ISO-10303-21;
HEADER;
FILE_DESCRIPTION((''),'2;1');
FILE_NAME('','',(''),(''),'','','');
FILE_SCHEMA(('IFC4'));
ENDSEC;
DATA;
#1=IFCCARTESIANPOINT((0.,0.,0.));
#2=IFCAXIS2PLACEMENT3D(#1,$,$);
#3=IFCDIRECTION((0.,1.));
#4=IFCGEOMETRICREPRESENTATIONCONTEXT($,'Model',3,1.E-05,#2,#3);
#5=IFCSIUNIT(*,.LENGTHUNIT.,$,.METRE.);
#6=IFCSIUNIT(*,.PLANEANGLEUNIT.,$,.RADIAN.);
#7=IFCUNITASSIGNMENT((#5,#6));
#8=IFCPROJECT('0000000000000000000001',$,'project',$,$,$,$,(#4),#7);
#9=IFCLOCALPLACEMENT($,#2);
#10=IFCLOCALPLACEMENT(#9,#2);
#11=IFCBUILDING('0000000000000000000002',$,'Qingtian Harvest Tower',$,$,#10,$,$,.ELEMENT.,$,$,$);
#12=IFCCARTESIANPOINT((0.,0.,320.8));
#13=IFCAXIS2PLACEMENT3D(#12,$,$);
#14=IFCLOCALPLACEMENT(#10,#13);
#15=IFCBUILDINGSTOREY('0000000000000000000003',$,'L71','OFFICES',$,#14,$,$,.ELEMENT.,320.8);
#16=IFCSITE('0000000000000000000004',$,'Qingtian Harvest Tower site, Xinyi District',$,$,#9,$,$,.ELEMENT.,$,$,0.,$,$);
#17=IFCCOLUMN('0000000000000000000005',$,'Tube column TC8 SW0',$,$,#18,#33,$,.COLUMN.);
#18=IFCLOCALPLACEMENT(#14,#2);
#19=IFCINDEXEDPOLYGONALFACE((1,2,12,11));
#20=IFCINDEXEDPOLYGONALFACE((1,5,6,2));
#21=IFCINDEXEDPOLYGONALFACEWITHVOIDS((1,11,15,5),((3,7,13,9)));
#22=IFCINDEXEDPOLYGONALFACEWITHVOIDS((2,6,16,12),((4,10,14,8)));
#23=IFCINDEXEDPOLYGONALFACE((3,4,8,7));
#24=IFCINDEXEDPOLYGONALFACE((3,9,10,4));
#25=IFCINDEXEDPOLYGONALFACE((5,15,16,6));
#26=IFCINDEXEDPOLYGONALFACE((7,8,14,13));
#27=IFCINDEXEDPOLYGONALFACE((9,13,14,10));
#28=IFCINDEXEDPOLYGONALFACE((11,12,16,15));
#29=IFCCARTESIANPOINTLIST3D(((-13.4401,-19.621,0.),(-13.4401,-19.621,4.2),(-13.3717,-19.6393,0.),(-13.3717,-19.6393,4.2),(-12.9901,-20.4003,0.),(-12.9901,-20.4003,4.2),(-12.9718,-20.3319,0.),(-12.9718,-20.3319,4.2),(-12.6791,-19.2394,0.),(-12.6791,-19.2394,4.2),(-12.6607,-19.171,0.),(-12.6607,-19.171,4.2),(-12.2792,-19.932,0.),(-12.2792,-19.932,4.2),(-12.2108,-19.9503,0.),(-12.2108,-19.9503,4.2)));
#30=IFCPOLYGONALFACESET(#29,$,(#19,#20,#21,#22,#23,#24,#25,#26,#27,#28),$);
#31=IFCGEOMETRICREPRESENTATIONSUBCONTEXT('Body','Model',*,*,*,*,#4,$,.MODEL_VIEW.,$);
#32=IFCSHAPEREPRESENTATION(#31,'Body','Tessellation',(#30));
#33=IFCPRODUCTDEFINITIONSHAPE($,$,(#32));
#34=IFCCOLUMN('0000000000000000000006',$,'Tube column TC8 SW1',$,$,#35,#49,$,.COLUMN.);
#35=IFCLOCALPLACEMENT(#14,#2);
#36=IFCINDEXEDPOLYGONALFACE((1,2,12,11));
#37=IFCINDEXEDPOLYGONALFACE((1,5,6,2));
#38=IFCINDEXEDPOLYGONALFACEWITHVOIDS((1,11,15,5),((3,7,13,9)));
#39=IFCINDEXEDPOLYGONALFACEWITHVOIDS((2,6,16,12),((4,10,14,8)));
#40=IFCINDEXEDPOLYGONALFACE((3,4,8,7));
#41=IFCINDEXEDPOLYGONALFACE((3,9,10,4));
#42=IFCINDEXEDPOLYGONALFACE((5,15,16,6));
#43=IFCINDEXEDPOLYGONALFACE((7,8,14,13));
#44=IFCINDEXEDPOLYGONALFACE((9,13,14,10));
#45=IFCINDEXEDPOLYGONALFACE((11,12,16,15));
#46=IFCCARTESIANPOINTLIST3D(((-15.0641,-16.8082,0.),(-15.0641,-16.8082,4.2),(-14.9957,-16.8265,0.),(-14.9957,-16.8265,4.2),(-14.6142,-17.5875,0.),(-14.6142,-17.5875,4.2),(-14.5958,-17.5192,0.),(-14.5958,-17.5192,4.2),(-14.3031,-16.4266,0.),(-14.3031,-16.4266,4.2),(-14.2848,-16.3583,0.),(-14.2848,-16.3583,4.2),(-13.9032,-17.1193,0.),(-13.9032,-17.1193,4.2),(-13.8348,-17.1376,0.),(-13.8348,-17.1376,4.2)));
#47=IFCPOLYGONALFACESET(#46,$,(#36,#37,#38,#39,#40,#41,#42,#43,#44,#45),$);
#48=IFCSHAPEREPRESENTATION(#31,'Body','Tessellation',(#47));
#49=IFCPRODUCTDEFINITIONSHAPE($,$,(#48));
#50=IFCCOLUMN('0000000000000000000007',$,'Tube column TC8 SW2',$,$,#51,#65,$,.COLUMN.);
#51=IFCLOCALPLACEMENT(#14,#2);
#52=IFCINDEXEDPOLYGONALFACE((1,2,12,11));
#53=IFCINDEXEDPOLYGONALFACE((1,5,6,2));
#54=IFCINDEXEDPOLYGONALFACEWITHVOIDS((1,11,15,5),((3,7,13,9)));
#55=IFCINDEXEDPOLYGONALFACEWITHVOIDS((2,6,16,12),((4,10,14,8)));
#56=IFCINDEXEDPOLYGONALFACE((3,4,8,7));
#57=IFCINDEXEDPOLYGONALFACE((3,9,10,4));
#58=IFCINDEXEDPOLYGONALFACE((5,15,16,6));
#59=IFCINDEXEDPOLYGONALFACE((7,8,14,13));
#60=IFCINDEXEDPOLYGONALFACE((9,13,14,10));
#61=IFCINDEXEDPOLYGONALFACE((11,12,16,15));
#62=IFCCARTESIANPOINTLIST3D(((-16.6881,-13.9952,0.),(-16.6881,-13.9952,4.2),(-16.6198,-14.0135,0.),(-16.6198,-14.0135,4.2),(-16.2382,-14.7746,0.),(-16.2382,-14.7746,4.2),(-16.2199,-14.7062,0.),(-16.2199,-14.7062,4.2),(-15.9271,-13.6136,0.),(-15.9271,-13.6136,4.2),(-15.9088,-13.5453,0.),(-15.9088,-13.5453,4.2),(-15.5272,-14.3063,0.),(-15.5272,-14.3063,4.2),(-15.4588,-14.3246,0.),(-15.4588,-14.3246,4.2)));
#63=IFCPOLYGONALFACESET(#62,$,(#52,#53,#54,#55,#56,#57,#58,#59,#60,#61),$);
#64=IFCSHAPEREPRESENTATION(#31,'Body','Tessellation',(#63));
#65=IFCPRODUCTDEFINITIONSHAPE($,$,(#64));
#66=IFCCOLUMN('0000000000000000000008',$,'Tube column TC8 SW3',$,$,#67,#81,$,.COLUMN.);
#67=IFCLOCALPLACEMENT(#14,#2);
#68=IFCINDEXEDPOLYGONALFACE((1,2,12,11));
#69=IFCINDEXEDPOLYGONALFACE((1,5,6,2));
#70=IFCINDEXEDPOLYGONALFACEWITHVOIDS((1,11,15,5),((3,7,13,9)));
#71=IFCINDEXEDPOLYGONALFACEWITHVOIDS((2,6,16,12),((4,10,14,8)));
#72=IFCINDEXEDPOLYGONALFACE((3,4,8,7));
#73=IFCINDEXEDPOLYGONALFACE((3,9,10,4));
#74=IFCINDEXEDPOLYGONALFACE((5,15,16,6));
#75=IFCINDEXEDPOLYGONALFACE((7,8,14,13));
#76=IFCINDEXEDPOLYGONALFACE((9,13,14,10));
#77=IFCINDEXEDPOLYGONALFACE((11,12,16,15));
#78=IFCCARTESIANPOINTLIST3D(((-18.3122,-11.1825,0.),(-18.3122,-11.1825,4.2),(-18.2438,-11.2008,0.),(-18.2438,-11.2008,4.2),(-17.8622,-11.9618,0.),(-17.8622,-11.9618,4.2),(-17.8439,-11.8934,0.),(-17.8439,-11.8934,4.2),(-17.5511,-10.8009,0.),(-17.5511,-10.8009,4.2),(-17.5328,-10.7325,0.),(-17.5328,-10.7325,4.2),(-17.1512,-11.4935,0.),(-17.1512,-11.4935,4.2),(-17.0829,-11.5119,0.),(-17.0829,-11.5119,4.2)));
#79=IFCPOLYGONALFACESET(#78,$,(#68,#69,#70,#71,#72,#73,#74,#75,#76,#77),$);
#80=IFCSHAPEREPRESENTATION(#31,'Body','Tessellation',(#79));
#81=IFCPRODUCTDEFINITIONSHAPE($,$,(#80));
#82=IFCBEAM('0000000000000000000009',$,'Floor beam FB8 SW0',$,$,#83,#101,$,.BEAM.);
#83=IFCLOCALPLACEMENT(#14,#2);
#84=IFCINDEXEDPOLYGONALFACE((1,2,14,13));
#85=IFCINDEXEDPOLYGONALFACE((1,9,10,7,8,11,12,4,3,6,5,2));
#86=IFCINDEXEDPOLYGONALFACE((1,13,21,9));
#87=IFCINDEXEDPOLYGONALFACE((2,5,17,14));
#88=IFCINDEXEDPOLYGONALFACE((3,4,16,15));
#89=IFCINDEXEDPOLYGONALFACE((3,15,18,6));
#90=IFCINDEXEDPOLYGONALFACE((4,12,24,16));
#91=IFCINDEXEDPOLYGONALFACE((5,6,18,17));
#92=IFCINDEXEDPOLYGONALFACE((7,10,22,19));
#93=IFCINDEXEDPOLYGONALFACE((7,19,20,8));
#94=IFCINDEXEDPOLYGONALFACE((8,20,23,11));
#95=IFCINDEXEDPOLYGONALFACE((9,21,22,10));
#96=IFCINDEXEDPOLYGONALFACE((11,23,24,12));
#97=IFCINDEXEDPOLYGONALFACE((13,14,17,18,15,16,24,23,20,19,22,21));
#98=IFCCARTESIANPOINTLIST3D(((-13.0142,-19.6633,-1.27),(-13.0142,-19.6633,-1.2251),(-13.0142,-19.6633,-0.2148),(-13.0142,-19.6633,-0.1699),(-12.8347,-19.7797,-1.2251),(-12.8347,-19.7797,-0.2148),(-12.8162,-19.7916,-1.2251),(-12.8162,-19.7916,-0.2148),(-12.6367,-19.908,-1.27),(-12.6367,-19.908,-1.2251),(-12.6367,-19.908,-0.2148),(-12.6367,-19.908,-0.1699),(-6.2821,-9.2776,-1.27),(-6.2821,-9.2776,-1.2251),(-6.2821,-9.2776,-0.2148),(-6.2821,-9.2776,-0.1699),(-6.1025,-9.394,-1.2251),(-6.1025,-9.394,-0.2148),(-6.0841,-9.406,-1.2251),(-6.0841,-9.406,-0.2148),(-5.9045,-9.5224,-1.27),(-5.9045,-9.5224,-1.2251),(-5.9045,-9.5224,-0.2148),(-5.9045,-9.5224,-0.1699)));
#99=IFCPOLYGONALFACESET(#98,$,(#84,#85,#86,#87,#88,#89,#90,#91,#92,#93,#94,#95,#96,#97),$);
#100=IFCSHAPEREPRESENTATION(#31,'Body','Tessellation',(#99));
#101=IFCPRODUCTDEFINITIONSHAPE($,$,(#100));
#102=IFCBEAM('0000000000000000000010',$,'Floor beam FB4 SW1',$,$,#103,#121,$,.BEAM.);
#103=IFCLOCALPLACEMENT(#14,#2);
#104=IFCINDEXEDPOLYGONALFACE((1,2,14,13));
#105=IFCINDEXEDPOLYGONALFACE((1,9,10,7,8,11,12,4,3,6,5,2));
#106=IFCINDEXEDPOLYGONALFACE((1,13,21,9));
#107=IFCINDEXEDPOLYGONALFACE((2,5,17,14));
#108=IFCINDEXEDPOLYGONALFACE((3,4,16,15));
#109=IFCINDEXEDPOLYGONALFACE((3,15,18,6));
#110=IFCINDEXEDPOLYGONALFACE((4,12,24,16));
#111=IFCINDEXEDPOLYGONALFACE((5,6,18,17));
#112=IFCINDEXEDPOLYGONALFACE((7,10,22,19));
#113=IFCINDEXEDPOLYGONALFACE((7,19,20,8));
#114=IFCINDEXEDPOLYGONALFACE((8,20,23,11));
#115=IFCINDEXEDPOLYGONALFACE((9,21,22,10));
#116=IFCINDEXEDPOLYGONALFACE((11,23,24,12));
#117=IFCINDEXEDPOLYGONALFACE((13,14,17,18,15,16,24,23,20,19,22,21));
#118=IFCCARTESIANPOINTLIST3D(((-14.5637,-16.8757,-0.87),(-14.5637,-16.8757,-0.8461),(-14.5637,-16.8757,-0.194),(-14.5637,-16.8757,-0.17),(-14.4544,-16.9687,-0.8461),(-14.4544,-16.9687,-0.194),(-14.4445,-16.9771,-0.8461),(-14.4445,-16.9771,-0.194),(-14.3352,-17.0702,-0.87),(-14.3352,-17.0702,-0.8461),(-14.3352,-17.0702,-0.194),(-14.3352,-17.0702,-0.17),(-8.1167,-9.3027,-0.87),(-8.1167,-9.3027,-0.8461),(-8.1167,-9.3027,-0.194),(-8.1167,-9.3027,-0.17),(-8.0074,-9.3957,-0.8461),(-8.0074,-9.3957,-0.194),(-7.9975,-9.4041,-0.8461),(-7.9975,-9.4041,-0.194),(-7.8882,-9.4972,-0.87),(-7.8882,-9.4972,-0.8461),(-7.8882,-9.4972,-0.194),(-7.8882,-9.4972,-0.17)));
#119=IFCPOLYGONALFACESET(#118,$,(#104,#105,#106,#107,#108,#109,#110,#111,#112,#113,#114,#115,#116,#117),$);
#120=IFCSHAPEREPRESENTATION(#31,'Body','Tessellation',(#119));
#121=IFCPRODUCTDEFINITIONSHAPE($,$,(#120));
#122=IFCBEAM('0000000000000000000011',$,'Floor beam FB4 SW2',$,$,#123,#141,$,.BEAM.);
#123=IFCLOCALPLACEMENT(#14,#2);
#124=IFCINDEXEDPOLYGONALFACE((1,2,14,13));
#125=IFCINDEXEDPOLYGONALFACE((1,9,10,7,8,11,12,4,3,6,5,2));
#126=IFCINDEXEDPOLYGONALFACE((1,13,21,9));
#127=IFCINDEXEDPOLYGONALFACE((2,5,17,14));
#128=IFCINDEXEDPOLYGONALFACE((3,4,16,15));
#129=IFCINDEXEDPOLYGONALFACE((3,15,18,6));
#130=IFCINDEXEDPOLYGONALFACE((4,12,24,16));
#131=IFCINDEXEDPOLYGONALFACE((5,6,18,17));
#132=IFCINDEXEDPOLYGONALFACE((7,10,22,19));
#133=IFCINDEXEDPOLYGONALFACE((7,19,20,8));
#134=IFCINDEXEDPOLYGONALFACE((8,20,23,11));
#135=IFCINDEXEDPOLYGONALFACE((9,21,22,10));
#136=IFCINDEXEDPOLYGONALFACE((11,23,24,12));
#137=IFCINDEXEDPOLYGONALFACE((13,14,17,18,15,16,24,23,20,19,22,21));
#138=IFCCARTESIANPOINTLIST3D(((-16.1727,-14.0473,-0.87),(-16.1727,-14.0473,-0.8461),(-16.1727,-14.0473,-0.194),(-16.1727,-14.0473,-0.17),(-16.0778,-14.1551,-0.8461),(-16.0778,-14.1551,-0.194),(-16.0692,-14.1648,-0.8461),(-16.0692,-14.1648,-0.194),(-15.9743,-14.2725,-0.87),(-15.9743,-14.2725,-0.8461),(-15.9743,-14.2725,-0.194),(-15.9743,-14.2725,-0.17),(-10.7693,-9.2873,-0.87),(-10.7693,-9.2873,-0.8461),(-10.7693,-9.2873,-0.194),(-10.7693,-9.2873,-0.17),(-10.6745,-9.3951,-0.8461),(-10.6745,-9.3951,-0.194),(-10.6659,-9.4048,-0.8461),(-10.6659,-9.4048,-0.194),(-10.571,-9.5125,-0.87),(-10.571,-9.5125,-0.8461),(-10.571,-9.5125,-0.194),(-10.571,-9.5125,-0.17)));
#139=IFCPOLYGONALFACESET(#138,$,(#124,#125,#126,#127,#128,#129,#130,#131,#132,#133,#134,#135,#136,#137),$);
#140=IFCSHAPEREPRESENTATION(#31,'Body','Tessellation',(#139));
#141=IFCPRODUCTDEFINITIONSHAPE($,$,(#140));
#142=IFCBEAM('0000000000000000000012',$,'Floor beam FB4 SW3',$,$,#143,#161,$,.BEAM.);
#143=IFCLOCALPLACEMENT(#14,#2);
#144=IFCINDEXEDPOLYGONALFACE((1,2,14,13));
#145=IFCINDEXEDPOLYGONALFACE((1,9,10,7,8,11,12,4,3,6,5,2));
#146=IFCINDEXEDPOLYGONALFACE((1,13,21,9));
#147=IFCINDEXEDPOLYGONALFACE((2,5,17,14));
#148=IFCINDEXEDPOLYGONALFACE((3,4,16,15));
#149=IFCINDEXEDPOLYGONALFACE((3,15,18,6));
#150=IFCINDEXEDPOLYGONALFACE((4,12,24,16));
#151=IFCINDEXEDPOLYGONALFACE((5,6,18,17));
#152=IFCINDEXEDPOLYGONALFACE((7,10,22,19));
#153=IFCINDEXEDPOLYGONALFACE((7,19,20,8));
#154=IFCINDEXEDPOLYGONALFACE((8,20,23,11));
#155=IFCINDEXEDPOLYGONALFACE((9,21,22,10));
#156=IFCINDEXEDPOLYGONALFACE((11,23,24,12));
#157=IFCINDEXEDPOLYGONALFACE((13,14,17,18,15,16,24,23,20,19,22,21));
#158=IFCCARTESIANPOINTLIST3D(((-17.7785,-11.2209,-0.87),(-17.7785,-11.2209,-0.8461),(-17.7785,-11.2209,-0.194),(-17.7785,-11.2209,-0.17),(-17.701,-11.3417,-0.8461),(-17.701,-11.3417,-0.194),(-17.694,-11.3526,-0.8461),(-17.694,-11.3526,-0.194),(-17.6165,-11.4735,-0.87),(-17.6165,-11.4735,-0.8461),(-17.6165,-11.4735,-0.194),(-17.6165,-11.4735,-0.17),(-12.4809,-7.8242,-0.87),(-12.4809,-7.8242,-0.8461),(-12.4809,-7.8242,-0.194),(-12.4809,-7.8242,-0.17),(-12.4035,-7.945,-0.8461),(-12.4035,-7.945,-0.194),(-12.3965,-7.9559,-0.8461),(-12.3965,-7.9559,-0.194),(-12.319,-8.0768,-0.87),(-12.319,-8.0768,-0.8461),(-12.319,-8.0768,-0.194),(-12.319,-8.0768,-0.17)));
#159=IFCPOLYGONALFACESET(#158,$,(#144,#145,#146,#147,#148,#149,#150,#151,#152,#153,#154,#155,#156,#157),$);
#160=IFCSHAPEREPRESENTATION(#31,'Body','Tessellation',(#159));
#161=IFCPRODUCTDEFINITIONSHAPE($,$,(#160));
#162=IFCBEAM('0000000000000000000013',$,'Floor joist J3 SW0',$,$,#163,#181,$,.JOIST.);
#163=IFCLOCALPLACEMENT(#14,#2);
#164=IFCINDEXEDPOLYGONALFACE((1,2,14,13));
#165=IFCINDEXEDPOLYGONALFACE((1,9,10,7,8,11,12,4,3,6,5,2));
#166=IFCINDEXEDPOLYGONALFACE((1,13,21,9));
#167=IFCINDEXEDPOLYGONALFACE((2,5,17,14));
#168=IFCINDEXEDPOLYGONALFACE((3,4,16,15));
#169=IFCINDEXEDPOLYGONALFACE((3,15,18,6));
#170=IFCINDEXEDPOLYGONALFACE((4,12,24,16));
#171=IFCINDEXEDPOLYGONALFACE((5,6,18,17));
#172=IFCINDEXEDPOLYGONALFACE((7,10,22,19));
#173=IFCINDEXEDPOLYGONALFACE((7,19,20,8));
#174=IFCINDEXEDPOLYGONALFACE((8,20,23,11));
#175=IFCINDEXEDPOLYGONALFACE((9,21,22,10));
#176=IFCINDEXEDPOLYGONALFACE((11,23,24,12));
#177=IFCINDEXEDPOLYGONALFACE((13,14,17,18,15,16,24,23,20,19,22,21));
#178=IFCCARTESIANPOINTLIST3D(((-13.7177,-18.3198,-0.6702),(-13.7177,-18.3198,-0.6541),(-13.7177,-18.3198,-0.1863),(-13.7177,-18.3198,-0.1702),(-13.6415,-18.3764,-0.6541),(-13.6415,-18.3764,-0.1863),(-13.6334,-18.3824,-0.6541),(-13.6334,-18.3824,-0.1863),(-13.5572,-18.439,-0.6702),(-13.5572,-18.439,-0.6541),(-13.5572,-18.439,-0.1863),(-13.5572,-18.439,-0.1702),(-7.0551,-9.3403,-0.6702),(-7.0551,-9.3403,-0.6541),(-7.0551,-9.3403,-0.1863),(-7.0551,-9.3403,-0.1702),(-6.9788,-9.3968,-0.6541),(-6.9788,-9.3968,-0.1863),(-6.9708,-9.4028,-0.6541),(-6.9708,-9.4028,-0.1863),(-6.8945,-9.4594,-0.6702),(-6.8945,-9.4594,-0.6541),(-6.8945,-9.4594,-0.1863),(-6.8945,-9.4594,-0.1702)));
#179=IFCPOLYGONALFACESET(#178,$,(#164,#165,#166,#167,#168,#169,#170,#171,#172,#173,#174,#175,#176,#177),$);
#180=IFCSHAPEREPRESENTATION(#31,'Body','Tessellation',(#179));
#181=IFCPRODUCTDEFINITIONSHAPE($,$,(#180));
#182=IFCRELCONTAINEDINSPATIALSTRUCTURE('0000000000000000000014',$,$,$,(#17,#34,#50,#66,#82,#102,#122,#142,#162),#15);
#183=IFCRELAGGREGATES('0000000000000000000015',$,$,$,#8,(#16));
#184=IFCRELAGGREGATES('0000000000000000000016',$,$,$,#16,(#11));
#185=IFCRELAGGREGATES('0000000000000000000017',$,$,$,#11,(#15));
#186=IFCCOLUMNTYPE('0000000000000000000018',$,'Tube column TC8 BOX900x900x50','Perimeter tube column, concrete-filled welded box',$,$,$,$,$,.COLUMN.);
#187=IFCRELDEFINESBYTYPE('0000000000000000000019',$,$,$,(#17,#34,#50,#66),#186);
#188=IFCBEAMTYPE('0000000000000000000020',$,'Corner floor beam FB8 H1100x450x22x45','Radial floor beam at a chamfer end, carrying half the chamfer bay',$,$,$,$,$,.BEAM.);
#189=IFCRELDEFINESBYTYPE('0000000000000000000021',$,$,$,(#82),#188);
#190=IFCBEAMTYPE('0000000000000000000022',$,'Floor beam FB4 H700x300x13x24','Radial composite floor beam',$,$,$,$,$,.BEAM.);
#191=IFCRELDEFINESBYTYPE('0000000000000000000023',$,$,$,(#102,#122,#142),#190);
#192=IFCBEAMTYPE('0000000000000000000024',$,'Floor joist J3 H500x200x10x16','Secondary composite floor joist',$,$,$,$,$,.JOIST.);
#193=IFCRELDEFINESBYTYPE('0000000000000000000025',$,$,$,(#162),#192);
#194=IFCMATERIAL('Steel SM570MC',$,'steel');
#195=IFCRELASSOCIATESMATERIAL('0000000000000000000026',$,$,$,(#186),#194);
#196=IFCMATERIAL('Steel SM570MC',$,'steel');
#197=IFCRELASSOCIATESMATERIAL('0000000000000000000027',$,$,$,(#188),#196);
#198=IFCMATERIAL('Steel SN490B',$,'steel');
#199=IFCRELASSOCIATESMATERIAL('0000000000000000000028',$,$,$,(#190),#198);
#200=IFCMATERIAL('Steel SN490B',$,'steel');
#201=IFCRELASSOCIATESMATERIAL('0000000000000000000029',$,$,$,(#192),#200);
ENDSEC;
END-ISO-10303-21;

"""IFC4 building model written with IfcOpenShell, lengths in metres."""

from ifc_helpers import new_model, si_unit, direction, frame, origin, origin_2d, place, context, subcontext, project, spatial, hollow_rectangle, i_section, extrude, material, material_profile, profile_set, type_object, element, save


model = new_model("IFC4")

# Units and contexts
model_context = context("Model", 3, precision=1e-05, world=origin(), true_north=direction((0.0, 1.0)))
body_context = subcontext(model_context, "Body", "Model", "MODEL_VIEW")
ifc_project = project(units=[si_unit("LENGTHUNIT", "METRE"), si_unit("PLANEANGLEUNIT", "RADIAN")], contexts=[model_context])

# Site, building, storey
site_placement = place(None, origin())
site = spatial("IfcSite", under=ifc_project, at=site_placement, Name="Qingtian Harvest Tower site, Xinyi District", CompositionType="ELEMENT", RefElevation=0.0)
building_placement = place(site_placement, origin())
building = spatial("IfcBuilding", under=site, at=building_placement, Name="Qingtian Harvest Tower", CompositionType="ELEMENT")
storey_placement = place(building_placement, frame((0.0, 0.0, 320.8)))
storey = spatial("IfcBuildingStorey", under=building, at=storey_placement, Name="L71", Description="OFFICES", CompositionType="ELEMENT", Elevation=320.8)

# Columns
ifc_material_1 = material(Name="Steel SM570MC", Category="steel")
ifc_material_profile_1 = material_profile(ifc_material_1, hollow_rectangle(XDim=0.8999, YDim=0.8999, WallThickness=0.05, at=origin_2d()), Name="BOX900x900x50")
ifc_profile_set_1 = profile_set([ifc_material_profile_1], Name="Steel SM570MC")
column_type = type_object("IfcColumnType", Name="Tube column TC8 BOX900x900x50", Description="Perimeter tube column, concrete-filled welded box", PredefinedType="COLUMN", material=ifc_profile_set_1)
for number, where, z_axis, x_axis, name in (
    (1, (-12.8254, -19.7856, 0.0), (0.0, 0.0, 1.0), (0.5, -0.866025, 0.0), "Tube column TC8 SW0"),
    (2, (-14.4495, -16.9729, 0.0), (0.0, 0.0, 1.0), (0.5, -0.866025, 0.0), "Tube column TC8 SW1"),
    (3, (-16.0735, -14.1599, 0.0), (0.0, 0.0, 1.0), (0.5, -0.866025, 0.0), "Tube column TC8 SW2"),
    (4, (-17.6975, -11.3472, 0.0), (0.0, 0.0, 1.0), (0.5, -0.866025, 0.0), "Tube column TC8 SW3"),
):
    element("IfcColumn", number, at=place(storey_placement, frame(where, z_axis=z_axis, x_axis=x_axis)), inside=storey, type_object=column_type, Name=name, PredefinedType="COLUMN", context=body_context, shape_type="SweptSolid", body=[
        extrude(hollow_rectangle(XDim=0.8999, YDim=0.8999, WallThickness=0.05, at=origin_2d()), origin(), (0.0, 0.0, 1.0), 4.2),
    ])

# Beams
ifc_material_2 = material(Name="Steel SM570MC", Category="steel")
ifc_material_profile_2 = material_profile(ifc_material_2, i_section(OverallWidth=0.45, OverallDepth=1.1001, WebThickness=0.022, FlangeThickness=0.0449, at=origin_2d()), Name="H1100x450x22x45")
ifc_profile_set_2 = profile_set([ifc_material_profile_2], Name="Steel SM570MC")
beam_type_1 = type_object("IfcBeamType", Name="Corner floor beam FB8 H1100x450x22x45", Description="Radial floor beam at a chamfer end, carrying half the chamfer bay", PredefinedType="BEAM", material=ifc_profile_set_2)
beam_1_placement = place(storey_placement, frame((-12.8254, -19.7856, -0.72), z_axis=(0.543934, 0.839128, 0.0), x_axis=(-0.839128, 0.543934, 0.0)))
element("IfcBeam", 5, at=beam_1_placement, inside=storey, type_object=beam_type_1, Name="Floor beam FB8 SW0", PredefinedType="BEAM", context=body_context, shape_type="SweptSolid", body=[
    extrude(i_section(OverallWidth=0.45, OverallDepth=1.1001, WebThickness=0.022, FlangeThickness=0.0449, at=origin_2d()), origin(), (0.0, 0.0, 1.0), 12.3767),
])
ifc_material_3 = material(Name="Steel SN490B", Category="steel")
ifc_material_profile_3 = material_profile(ifc_material_3, i_section(OverallWidth=0.3, OverallDepth=0.7, WebThickness=0.0129, FlangeThickness=0.0239, at=origin_2d()), Name="H700x300x13x24")
ifc_profile_set_3 = profile_set([ifc_material_profile_3], Name="Steel SN490B")
beam_type_2 = type_object("IfcBeamType", Name="Floor beam FB4 H700x300x13x24", Description="Radial composite floor beam", PredefinedType="BEAM", material=ifc_profile_set_3)
beam_2_placement = place(storey_placement, frame((-14.4495, -16.9729, -0.52), z_axis=(0.64823, 0.761444, 0.0), x_axis=(-0.761444, 0.64823, 0.0)))
element("IfcBeam", 6, at=beam_2_placement, inside=storey, type_object=beam_type_2, Name="Floor beam FB4 SW1", PredefinedType="BEAM", context=body_context, shape_type="SweptSolid", body=[
    extrude(i_section(OverallWidth=0.3, OverallDepth=0.7, WebThickness=0.0129, FlangeThickness=0.0239, at=origin_2d()), origin(), (0.0, 0.0, 1.0), 9.9456),
])
beam_3_placement = place(storey_placement, frame((-16.0735, -14.1599, -0.52), z_axis=(0.750363, 0.661026, 0.0), x_axis=(-0.661026, 0.750363, 0.0)))
element("IfcBeam", 7, at=beam_3_placement, inside=storey, type_object=beam_type_2, Name="Floor beam FB4 SW2", PredefinedType="BEAM", context=body_context, shape_type="SweptSolid", body=[
    extrude(i_section(OverallWidth=0.3, OverallDepth=0.7, WebThickness=0.0129, FlangeThickness=0.0239, at=origin_2d()), origin(), (0.0, 0.0, 1.0), 7.2009),
])
beam_4_placement = place(storey_placement, frame((-17.6975, -11.3472, -0.52), z_axis=(0.841819, 0.539759, 0.0), x_axis=(-0.539759, 0.841819, 0.0)))
element("IfcBeam", 8, at=beam_4_placement, inside=storey, type_object=beam_type_2, Name="Floor beam FB4 SW3", PredefinedType="BEAM", context=body_context, shape_type="SweptSolid", body=[
    extrude(i_section(OverallWidth=0.3, OverallDepth=0.7, WebThickness=0.0129, FlangeThickness=0.0239, at=origin_2d()), origin(), (0.0, 0.0, 1.0), 6.293),
])
ifc_material_4 = material(Name="Steel SN490B", Category="steel")
ifc_material_profile_4 = material_profile(ifc_material_4, i_section(OverallWidth=0.2, OverallDepth=0.5, WebThickness=0.01, FlangeThickness=0.0161, at=origin_2d()), Name="H500x200x10x16")
ifc_profile_set_4 = profile_set([ifc_material_profile_4], Name="Steel SN490B")
beam_type_3 = type_object("IfcBeamType", Name="Floor joist J3 H500x200x10x16", Description="Secondary composite floor joist", PredefinedType="JOIST", material=ifc_profile_set_4)
beam_5_placement = place(storey_placement, frame((-13.6375, -18.3794, -0.4202), z_axis=(0.59587, 0.803081, 0.0), x_axis=(-0.803081, 0.59587, 0.0)))
element("IfcBeam", 9, at=beam_5_placement, inside=storey, type_object=beam_type_3, Name="Floor joist J3 SW0", PredefinedType="JOIST", context=body_context, shape_type="SweptSolid", body=[
    extrude(i_section(OverallWidth=0.2, OverallDepth=0.5, WebThickness=0.01, FlangeThickness=0.0161, at=origin_2d()), origin(), (0.0, 0.0, 1.0), 11.1814),
])

save(model, "model.ifc")
